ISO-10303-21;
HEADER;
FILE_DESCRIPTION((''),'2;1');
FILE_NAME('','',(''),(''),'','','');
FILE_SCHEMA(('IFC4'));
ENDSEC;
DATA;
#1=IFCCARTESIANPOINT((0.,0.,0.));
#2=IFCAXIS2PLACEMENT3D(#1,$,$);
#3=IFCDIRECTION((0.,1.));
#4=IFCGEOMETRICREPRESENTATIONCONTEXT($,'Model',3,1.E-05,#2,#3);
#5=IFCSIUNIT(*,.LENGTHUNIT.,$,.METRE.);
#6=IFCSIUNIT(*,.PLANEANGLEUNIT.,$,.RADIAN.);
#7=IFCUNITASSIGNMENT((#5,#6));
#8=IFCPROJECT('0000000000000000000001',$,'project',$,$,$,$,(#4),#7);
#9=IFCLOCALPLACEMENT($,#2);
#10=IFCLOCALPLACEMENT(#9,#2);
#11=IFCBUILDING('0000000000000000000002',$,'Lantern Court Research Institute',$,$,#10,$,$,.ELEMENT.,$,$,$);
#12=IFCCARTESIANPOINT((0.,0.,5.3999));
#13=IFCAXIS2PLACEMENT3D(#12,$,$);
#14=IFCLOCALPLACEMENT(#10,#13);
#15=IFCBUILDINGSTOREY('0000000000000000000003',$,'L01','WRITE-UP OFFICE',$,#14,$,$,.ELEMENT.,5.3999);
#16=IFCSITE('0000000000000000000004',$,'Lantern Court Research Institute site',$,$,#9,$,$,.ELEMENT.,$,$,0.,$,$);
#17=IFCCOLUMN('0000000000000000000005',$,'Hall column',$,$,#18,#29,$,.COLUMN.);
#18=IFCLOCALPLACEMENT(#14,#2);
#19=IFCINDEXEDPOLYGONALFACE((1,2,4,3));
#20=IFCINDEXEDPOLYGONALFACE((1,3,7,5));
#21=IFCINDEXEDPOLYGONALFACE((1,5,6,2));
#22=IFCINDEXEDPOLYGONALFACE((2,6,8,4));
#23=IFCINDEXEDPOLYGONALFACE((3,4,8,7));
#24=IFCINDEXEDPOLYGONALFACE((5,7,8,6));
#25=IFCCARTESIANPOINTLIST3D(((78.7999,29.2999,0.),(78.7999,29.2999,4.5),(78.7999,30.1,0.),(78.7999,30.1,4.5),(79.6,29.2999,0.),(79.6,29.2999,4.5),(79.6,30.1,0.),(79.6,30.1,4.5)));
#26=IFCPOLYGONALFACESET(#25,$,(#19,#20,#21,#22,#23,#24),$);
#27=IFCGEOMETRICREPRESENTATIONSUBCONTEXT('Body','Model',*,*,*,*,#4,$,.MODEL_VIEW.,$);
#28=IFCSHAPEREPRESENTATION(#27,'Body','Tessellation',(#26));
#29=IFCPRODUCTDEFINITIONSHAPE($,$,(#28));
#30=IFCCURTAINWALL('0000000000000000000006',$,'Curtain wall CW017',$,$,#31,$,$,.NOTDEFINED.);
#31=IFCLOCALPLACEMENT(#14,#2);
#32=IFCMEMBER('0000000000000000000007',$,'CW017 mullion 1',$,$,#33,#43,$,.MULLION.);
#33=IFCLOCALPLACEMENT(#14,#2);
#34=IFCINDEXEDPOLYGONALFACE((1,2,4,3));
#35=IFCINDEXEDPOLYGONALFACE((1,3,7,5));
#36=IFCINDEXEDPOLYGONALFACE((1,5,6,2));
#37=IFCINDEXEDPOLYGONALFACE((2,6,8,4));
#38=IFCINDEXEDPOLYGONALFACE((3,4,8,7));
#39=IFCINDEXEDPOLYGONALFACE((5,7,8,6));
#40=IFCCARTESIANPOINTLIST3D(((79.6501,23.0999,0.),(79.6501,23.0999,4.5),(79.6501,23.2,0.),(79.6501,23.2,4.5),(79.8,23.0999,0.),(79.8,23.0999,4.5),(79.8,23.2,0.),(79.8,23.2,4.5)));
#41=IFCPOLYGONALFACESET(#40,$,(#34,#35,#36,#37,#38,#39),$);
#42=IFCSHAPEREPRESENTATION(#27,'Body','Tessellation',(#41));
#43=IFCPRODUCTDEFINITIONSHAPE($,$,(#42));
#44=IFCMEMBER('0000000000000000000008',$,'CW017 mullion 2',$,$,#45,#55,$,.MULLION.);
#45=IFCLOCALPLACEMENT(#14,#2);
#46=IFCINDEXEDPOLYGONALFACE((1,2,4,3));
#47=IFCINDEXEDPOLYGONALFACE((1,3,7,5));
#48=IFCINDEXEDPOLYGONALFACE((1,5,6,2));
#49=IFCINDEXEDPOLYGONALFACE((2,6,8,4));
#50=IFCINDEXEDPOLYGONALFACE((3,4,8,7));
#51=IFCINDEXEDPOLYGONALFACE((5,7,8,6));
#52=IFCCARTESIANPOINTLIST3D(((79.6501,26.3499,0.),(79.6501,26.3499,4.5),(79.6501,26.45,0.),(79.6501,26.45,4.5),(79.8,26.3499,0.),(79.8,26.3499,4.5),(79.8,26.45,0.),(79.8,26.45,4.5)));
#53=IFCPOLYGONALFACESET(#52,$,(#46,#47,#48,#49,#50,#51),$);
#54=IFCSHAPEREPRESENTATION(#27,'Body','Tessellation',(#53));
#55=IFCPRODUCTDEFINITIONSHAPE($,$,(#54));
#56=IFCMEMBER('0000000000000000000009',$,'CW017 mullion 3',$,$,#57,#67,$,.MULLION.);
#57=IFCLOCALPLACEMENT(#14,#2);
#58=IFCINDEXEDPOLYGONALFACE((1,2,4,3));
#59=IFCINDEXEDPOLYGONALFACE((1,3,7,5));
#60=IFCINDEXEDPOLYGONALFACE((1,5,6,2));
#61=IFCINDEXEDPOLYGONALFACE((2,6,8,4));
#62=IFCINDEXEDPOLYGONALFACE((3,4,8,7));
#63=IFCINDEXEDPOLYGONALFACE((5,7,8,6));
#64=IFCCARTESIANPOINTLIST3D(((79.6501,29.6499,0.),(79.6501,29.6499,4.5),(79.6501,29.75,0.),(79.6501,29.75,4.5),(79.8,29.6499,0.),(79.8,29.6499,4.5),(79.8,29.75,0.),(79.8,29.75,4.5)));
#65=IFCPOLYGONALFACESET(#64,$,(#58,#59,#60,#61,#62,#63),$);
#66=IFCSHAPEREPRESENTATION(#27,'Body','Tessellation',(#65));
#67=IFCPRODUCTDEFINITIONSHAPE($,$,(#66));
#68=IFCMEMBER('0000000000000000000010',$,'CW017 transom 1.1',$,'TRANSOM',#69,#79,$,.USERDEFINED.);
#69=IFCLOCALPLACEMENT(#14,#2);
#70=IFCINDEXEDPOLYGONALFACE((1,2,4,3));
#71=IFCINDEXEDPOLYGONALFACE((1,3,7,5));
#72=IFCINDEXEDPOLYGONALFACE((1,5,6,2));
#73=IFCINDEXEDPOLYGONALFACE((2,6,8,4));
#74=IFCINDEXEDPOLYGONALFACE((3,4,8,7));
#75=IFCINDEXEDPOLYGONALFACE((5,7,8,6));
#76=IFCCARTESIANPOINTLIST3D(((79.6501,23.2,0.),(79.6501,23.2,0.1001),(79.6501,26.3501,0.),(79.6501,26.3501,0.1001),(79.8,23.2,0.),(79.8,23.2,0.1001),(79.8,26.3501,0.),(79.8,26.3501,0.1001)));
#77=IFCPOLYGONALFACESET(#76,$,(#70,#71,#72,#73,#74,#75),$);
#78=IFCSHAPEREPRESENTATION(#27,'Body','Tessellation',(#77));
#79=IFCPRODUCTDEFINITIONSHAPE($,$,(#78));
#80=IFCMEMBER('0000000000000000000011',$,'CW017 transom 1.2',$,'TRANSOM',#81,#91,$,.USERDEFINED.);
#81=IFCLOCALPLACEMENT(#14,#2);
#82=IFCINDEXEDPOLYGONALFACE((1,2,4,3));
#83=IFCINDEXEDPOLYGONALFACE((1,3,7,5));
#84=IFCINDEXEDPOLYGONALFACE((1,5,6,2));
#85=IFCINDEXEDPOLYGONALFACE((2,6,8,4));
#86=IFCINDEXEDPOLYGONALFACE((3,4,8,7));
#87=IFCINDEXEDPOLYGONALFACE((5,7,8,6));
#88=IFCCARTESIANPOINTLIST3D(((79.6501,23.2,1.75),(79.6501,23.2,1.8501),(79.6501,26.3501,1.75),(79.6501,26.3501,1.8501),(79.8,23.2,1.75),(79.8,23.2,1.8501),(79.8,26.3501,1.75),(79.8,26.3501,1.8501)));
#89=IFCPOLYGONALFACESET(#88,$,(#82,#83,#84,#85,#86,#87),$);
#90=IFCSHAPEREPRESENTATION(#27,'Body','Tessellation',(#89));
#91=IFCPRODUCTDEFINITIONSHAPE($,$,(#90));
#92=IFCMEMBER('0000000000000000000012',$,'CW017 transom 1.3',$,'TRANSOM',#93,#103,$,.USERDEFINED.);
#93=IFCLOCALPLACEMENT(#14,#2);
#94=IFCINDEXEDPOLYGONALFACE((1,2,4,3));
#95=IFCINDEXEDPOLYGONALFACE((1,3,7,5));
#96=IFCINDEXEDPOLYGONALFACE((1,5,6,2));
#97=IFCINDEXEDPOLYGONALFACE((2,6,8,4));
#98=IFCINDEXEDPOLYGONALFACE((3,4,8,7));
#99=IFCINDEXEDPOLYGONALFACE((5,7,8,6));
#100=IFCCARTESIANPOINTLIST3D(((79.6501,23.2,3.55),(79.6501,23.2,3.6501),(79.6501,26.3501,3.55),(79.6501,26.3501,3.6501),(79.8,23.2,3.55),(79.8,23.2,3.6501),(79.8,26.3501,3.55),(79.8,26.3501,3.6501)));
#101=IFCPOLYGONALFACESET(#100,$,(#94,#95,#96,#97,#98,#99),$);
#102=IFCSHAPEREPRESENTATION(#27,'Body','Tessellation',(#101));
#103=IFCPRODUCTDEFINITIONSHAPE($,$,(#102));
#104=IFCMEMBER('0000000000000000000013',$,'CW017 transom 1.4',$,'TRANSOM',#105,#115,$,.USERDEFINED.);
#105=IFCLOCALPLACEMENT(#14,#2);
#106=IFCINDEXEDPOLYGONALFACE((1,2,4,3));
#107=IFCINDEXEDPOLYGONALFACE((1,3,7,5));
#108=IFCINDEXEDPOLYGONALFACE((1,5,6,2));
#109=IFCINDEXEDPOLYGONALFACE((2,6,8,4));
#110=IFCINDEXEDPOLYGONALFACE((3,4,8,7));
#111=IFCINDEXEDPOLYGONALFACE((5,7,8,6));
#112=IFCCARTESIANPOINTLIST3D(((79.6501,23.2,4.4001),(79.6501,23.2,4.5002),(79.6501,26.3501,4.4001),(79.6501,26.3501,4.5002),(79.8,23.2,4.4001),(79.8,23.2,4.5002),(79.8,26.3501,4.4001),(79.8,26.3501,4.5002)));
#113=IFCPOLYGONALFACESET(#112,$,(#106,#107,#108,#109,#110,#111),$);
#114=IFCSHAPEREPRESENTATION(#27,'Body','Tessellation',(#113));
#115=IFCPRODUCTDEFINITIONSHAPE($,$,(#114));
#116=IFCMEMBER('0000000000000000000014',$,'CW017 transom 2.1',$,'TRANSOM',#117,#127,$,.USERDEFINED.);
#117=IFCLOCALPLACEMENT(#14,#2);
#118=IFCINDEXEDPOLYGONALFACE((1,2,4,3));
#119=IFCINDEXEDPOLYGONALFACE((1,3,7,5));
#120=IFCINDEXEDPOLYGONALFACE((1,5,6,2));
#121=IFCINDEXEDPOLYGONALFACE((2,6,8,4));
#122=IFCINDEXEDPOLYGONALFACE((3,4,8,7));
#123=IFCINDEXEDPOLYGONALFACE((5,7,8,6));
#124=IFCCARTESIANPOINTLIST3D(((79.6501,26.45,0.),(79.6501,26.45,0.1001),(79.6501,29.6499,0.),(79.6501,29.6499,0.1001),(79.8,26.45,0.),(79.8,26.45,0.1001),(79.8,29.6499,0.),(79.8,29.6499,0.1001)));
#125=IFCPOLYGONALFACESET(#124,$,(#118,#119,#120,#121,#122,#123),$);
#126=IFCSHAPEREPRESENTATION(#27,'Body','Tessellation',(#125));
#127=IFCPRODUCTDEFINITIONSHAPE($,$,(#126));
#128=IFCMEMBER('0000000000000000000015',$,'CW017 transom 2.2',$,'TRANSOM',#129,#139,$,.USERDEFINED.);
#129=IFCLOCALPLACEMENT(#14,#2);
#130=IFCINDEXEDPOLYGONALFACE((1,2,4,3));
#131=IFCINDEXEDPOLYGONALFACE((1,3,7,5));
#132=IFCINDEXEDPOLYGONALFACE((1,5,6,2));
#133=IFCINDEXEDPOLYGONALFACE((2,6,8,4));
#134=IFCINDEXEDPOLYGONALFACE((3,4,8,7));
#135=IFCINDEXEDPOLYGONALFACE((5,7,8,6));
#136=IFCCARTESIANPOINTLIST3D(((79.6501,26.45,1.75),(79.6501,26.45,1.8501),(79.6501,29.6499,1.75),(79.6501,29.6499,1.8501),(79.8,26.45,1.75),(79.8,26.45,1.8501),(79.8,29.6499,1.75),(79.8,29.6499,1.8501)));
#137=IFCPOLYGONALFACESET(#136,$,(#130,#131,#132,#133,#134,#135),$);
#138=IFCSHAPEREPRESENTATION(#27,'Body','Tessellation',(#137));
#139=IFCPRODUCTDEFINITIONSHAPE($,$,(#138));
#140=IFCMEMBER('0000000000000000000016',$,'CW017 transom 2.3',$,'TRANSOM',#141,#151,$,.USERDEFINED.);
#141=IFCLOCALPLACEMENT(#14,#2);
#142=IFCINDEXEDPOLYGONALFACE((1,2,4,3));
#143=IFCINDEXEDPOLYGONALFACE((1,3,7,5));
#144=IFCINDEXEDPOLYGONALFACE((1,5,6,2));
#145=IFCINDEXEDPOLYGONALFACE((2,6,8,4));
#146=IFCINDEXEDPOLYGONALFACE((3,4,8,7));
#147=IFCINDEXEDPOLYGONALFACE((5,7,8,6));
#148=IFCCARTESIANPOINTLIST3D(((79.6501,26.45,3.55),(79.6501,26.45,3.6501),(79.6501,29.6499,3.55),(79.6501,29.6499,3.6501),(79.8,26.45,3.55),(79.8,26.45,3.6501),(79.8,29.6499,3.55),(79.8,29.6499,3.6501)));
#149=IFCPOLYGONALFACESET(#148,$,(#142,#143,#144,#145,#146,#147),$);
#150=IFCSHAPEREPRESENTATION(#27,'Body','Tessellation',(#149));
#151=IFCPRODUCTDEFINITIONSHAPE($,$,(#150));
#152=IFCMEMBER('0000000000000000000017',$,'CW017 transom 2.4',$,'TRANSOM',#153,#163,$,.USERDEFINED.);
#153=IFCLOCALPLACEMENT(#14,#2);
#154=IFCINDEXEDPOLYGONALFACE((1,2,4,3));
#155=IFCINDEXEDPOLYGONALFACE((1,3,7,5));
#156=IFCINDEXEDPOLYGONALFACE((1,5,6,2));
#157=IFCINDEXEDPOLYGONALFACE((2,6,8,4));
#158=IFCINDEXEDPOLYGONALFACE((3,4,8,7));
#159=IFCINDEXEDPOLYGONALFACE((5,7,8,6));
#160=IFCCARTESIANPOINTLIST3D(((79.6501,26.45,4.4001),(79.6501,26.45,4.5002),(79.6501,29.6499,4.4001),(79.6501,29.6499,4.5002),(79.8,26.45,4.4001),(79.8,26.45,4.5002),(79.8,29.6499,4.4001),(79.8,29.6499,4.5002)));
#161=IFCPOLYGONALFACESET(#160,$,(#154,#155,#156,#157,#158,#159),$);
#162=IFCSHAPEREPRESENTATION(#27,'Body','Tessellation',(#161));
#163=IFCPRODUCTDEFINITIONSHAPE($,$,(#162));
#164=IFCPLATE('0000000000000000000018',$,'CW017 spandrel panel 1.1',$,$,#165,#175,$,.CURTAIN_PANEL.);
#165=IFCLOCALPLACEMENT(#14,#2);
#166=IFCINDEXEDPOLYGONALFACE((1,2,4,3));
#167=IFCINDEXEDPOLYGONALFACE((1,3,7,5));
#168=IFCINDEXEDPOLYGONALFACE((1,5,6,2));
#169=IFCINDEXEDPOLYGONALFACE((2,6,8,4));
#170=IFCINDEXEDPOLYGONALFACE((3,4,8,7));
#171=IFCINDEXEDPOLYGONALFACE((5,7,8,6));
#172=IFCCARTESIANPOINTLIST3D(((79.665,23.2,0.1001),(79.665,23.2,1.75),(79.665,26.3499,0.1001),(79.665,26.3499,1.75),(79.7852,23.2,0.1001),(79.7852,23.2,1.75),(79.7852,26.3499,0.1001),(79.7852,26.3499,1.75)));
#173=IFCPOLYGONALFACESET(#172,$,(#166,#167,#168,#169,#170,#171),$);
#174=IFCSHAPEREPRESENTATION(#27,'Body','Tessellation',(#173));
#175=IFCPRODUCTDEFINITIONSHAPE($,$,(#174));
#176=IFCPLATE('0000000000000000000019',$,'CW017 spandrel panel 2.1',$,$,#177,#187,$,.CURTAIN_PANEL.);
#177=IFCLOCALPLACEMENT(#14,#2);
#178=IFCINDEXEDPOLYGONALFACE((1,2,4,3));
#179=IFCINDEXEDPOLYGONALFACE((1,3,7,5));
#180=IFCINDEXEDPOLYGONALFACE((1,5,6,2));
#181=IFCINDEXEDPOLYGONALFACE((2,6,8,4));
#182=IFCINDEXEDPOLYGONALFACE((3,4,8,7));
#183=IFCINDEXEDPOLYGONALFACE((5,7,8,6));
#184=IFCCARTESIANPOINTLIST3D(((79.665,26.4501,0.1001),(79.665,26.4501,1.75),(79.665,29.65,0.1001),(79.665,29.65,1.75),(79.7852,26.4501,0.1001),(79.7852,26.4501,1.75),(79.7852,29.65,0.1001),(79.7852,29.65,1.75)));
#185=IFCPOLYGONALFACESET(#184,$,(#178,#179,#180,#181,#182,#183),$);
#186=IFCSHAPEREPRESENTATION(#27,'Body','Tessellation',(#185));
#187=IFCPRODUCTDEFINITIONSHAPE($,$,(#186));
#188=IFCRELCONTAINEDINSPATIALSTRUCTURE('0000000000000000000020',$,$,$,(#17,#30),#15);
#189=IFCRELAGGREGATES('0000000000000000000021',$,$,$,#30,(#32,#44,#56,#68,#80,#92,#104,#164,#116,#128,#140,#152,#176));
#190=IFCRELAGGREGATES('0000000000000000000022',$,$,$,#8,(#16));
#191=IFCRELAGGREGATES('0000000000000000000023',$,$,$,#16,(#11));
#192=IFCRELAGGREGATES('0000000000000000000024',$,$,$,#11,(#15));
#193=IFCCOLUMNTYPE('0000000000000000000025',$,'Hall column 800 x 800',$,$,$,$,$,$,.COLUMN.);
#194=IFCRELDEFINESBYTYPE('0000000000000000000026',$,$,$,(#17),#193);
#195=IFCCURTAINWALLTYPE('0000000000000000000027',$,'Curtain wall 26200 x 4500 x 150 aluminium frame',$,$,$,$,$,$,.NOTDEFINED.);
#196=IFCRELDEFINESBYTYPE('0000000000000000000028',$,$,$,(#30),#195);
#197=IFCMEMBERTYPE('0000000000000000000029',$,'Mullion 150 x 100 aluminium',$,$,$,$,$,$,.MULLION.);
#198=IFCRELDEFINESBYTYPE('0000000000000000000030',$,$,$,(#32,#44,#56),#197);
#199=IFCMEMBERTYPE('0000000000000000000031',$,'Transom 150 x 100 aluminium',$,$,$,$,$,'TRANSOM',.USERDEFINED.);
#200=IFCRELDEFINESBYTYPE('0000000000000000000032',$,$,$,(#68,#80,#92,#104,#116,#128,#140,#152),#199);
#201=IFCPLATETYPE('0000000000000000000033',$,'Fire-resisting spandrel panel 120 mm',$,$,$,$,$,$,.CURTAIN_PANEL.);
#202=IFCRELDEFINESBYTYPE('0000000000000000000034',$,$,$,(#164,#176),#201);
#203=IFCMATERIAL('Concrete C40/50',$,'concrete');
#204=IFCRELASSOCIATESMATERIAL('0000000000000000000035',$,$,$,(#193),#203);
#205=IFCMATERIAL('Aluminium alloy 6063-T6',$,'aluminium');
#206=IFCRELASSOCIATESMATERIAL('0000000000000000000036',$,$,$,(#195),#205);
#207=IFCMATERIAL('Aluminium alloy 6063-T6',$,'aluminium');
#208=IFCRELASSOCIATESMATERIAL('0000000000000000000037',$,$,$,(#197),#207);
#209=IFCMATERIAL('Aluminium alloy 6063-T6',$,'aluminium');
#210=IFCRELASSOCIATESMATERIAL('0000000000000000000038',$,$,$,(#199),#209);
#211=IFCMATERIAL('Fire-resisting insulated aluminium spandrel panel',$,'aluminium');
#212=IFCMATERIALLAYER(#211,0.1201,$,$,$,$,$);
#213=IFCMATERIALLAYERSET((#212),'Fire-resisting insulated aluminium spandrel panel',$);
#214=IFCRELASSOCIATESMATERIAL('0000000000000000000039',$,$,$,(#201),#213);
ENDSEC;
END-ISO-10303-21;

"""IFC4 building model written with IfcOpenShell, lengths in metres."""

from ifc_helpers import new_model, si_unit, direction, frame, origin, origin_2d, place, context, subcontext, project, spatial, rectangle, extrude, material, layer, layer_set, material_profile, profile_set, type_object, element, aggregate, save


model = new_model("IFC4")

# Units and contexts
model_context = context("Model", 3, precision=1e-05, world=origin(), true_north=direction((0.0, 1.0)))
body_context = subcontext(model_context, "Body", "Model", "MODEL_VIEW")
ifc_project = project(units=[si_unit("LENGTHUNIT", "METRE"), si_unit("PLANEANGLEUNIT", "RADIAN")], contexts=[model_context])

# Site, building, storey
site_placement = place(None, origin())
site = spatial("IfcSite", under=ifc_project, at=site_placement, Name="Lantern Court Research Institute site", CompositionType="ELEMENT", RefElevation=0.0)
building_placement = place(site_placement, origin())
building = spatial("IfcBuilding", under=site, at=building_placement, Name="Lantern Court Research Institute", CompositionType="ELEMENT")
storey_placement = place(building_placement, frame((0.0, 0.0, 5.3999)))
storey = spatial("IfcBuildingStorey", under=building, at=storey_placement, Name="L01", Description="WRITE-UP OFFICE", CompositionType="ELEMENT", Elevation=5.3999)

# Column
ifc_material_1 = material(Name="Concrete C40/50", Category="concrete")
ifc_material_profile_1 = material_profile(ifc_material_1, rectangle(XDim=0.8, YDim=0.8, at=origin_2d()), Name="Hall column 800 x 800")
ifc_profile_set_1 = profile_set([ifc_material_profile_1], Name="Concrete C40/50")
column_type = type_object("IfcColumnType", Name="Hall column 800 x 800", PredefinedType="COLUMN", material=ifc_profile_set_1)
column_placement = place(storey_placement, frame((79.2, 29.7, 0.0), z_axis=(0.0, 0.0, 1.0), x_axis=(1.0, 0.0, 0.0)))
element("IfcColumn", 1, at=column_placement, inside=storey, type_object=column_type, Name="Hall column", PredefinedType="COLUMN", context=body_context, shape_type="SweptSolid", body=[
    extrude(rectangle(XDim=0.8, YDim=0.8, at=origin_2d()), origin(), (0.0, 0.0, 1.0), 4.5),
])

# Curtain wall, members, plates
ifc_material_2 = material(Name="Aluminium alloy 6063-T6", Category="aluminium")
curtain_wall_type = type_object("IfcCurtainWallType", Name="Curtain wall 26200 x 4500 x 150 aluminium frame", PredefinedType="NOTDEFINED", material=ifc_material_2)
curtain_wall_placement = place(storey_placement, origin())
curtain_wall = element("IfcCurtainWall", 2, at=curtain_wall_placement, inside=storey, type_object=curtain_wall_type, Name="Curtain wall CW017", PredefinedType="NOTDEFINED")
ifc_material_3 = material(Name="Aluminium alloy 6063-T6", Category="aluminium")
ifc_material_profile_2 = material_profile(ifc_material_3, rectangle(XDim=0.1499, YDim=0.1001, at=origin_2d()), Name="Mullion 150 x 100")
ifc_profile_set_2 = profile_set([ifc_material_profile_2], Name="Aluminium alloy 6063-T6")
member_type_1 = type_object("IfcMemberType", Name="Mullion 150 x 100 aluminium", PredefinedType="MULLION", material=ifc_profile_set_2)
member_1_placement = place(storey_placement, frame((79.7251, 23.1499, 0.0), z_axis=(0.0, 0.0, 1.0), x_axis=(1.0, 0.0, 0.0)))
member_1 = element("IfcMember", 3, at=member_1_placement, type_object=member_type_1, Name="CW017 mullion 1", PredefinedType="MULLION", context=body_context, shape_type="SweptSolid", body=[
    extrude(rectangle(XDim=0.1499, YDim=0.1001, at=origin_2d()), origin(), (0.0, 0.0, 1.0), 4.5),
])
member_2_placement = place(storey_placement, frame((79.7251, 26.3999, 0.0), z_axis=(0.0, 0.0, 1.0), x_axis=(1.0, 0.0, 0.0)))
member_2 = element("IfcMember", 4, at=member_2_placement, type_object=member_type_1, Name="CW017 mullion 2", PredefinedType="MULLION", context=body_context, shape_type="SweptSolid", body=[
    extrude(rectangle(XDim=0.1499, YDim=0.1001, at=origin_2d()), origin(), (0.0, 0.0, 1.0), 4.5),
])
member_3_placement = place(storey_placement, frame((79.7251, 29.7, 0.0), z_axis=(0.0, 0.0, 1.0), x_axis=(1.0, 0.0, 0.0)))
member_3 = element("IfcMember", 5, at=member_3_placement, type_object=member_type_1, Name="CW017 mullion 3", PredefinedType="MULLION", context=body_context, shape_type="SweptSolid", body=[
    extrude(rectangle(XDim=0.1499, YDim=0.1001, at=origin_2d()), origin(), (0.0, 0.0, 1.0), 4.5),
])
ifc_material_4 = material(Name="Aluminium alloy 6063-T6", Category="aluminium")
ifc_material_profile_3 = material_profile(ifc_material_4, rectangle(XDim=0.1499, YDim=0.1001, at=origin_2d()), Name="Transom 150 x 100")
ifc_profile_set_3 = profile_set([ifc_material_profile_3], Name="Aluminium alloy 6063-T6")
member_type_2 = type_object("IfcMemberType", Name="Transom 150 x 100 aluminium", ElementType="TRANSOM", PredefinedType="USERDEFINED", material=ifc_profile_set_3)
member_4_placement = place(storey_placement, frame((79.7251, 26.3501, 0.05), z_axis=(0.0, -1.0, 0.0), x_axis=(1.0, 0.0, 0.0)))
member_4 = element("IfcMember", 6, at=member_4_placement, type_object=member_type_2, Name="CW017 transom 1.1", ObjectType="TRANSOM", PredefinedType="USERDEFINED", context=body_context, shape_type="SweptSolid", body=[
    extrude(rectangle(XDim=0.1499, YDim=0.1001, at=origin_2d()), origin(), (0.0, 0.0, 1.0), 3.1501),
])
member_5_placement = place(storey_placement, frame((79.7251, 26.3501, 1.8), z_axis=(0.0, -1.0, 0.0), x_axis=(1.0, 0.0, 0.0)))
member_5 = element("IfcMember", 7, at=member_5_placement, type_object=member_type_2, Name="CW017 transom 1.2", ObjectType="TRANSOM", PredefinedType="USERDEFINED", context=body_context, shape_type="SweptSolid", body=[
    extrude(rectangle(XDim=0.1499, YDim=0.1001, at=origin_2d()), origin(), (0.0, 0.0, 1.0), 3.1501),
])
member_6_placement = place(storey_placement, frame((79.7251, 26.3501, 3.6001), z_axis=(0.0, -1.0, 0.0), x_axis=(1.0, 0.0, 0.0)))
member_6 = element("IfcMember", 8, at=member_6_placement, type_object=member_type_2, Name="CW017 transom 1.3", ObjectType="TRANSOM", PredefinedType="USERDEFINED", context=body_context, shape_type="SweptSolid", body=[
    extrude(rectangle(XDim=0.1499, YDim=0.1001, at=origin_2d()), origin(), (0.0, 0.0, 1.0), 3.1501),
])
member_7_placement = place(storey_placement, frame((79.7251, 26.3501, 4.4502), z_axis=(0.0, -1.0, 0.0), x_axis=(1.0, 0.0, 0.0)))
member_7 = element("IfcMember", 9, at=member_7_placement, type_object=member_type_2, Name="CW017 transom 1.4", ObjectType="TRANSOM", PredefinedType="USERDEFINED", context=body_context, shape_type="SweptSolid", body=[
    extrude(rectangle(XDim=0.1499, YDim=0.1001, at=origin_2d()), origin(), (0.0, 0.0, 1.0), 3.1501),
])
member_8_placement = place(storey_placement, frame((79.7251, 29.6499, 0.05), z_axis=(0.0, -1.0, 0.0), x_axis=(1.0, 0.0, 0.0)))
member_8 = element("IfcMember", 10, at=member_8_placement, type_object=member_type_2, Name="CW017 transom 2.1", ObjectType="TRANSOM", PredefinedType="USERDEFINED", context=body_context, shape_type="SweptSolid", body=[
    extrude(rectangle(XDim=0.1499, YDim=0.1001, at=origin_2d()), origin(), (0.0, 0.0, 1.0), 3.2),
])
member_9_placement = place(storey_placement, frame((79.7251, 29.6499, 1.8), z_axis=(0.0, -1.0, 0.0), x_axis=(1.0, 0.0, 0.0)))
member_9 = element("IfcMember", 11, at=member_9_placement, type_object=member_type_2, Name="CW017 transom 2.2", ObjectType="TRANSOM", PredefinedType="USERDEFINED", context=body_context, shape_type="SweptSolid", body=[
    extrude(rectangle(XDim=0.1499, YDim=0.1001, at=origin_2d()), origin(), (0.0, 0.0, 1.0), 3.2),
])
member_10_placement = place(storey_placement, frame((79.7251, 29.6499, 3.6001), z_axis=(0.0, -1.0, 0.0), x_axis=(1.0, 0.0, 0.0)))
member_10 = element("IfcMember", 12, at=member_10_placement, type_object=member_type_2, Name="CW017 transom 2.3", ObjectType="TRANSOM", PredefinedType="USERDEFINED", context=body_context, shape_type="SweptSolid", body=[
    extrude(rectangle(XDim=0.1499, YDim=0.1001, at=origin_2d()), origin(), (0.0, 0.0, 1.0), 3.2),
])
member_11_placement = place(storey_placement, frame((79.7251, 29.6499, 4.4502), z_axis=(0.0, -1.0, 0.0), x_axis=(1.0, 0.0, 0.0)))
member_11 = element("IfcMember", 13, at=member_11_placement, type_object=member_type_2, Name="CW017 transom 2.4", ObjectType="TRANSOM", PredefinedType="USERDEFINED", context=body_context, shape_type="SweptSolid", body=[
    extrude(rectangle(XDim=0.1499, YDim=0.1001, at=origin_2d()), origin(), (0.0, 0.0, 1.0), 3.2),
])
ifc_material_5 = material(Name="Fire-resisting insulated aluminium spandrel panel", Category="aluminium")
ifc_layer_1 = layer(ifc_material_5, 0.1201)
ifc_layer_set_1 = layer_set([ifc_layer_1], Name="Fire-resisting insulated aluminium spandrel panel")
plate_type_1 = type_object("IfcPlateType", Name="Fire-resisting spandrel panel 120 mm", PredefinedType="CURTAIN_PANEL", material=ifc_layer_set_1)
plate_1_placement = place(storey_placement, frame((79.7251, 24.7749, 0.1001), z_axis=(0.0, 0.0, 1.0), x_axis=(0.0, -1.0, 0.0)))
plate_1 = element("IfcPlate", 14, at=plate_1_placement, type_object=plate_type_1, Name="CW017 spandrel panel 1.1", PredefinedType="CURTAIN_PANEL", context=body_context, shape_type="SweptSolid", body=[
    extrude(rectangle(XDim=3.1499, YDim=0.1201, at=origin_2d()), origin(), (0.0, 0.0, 1.0), 1.6499),
])
plate_2_placement = place(storey_placement, frame((79.7251, 28.05, 0.1001), z_axis=(0.0, 0.0, 1.0), x_axis=(0.0, -1.0, 0.0)))
plate_2 = element("IfcPlate", 15, at=plate_2_placement, type_object=plate_type_1, Name="CW017 spandrel panel 2.1", PredefinedType="CURTAIN_PANEL", context=body_context, shape_type="SweptSolid", body=[
    extrude(rectangle(XDim=3.2, YDim=0.1201, at=origin_2d()), origin(), (0.0, 0.0, 1.0), 1.6499),
])
aggregate(curtain_wall, [member_1, member_2, member_3, member_4, member_5, member_6, member_7, plate_1, member_8, member_9, member_10, member_11, plate_2])

save(model, "model.ifc")
